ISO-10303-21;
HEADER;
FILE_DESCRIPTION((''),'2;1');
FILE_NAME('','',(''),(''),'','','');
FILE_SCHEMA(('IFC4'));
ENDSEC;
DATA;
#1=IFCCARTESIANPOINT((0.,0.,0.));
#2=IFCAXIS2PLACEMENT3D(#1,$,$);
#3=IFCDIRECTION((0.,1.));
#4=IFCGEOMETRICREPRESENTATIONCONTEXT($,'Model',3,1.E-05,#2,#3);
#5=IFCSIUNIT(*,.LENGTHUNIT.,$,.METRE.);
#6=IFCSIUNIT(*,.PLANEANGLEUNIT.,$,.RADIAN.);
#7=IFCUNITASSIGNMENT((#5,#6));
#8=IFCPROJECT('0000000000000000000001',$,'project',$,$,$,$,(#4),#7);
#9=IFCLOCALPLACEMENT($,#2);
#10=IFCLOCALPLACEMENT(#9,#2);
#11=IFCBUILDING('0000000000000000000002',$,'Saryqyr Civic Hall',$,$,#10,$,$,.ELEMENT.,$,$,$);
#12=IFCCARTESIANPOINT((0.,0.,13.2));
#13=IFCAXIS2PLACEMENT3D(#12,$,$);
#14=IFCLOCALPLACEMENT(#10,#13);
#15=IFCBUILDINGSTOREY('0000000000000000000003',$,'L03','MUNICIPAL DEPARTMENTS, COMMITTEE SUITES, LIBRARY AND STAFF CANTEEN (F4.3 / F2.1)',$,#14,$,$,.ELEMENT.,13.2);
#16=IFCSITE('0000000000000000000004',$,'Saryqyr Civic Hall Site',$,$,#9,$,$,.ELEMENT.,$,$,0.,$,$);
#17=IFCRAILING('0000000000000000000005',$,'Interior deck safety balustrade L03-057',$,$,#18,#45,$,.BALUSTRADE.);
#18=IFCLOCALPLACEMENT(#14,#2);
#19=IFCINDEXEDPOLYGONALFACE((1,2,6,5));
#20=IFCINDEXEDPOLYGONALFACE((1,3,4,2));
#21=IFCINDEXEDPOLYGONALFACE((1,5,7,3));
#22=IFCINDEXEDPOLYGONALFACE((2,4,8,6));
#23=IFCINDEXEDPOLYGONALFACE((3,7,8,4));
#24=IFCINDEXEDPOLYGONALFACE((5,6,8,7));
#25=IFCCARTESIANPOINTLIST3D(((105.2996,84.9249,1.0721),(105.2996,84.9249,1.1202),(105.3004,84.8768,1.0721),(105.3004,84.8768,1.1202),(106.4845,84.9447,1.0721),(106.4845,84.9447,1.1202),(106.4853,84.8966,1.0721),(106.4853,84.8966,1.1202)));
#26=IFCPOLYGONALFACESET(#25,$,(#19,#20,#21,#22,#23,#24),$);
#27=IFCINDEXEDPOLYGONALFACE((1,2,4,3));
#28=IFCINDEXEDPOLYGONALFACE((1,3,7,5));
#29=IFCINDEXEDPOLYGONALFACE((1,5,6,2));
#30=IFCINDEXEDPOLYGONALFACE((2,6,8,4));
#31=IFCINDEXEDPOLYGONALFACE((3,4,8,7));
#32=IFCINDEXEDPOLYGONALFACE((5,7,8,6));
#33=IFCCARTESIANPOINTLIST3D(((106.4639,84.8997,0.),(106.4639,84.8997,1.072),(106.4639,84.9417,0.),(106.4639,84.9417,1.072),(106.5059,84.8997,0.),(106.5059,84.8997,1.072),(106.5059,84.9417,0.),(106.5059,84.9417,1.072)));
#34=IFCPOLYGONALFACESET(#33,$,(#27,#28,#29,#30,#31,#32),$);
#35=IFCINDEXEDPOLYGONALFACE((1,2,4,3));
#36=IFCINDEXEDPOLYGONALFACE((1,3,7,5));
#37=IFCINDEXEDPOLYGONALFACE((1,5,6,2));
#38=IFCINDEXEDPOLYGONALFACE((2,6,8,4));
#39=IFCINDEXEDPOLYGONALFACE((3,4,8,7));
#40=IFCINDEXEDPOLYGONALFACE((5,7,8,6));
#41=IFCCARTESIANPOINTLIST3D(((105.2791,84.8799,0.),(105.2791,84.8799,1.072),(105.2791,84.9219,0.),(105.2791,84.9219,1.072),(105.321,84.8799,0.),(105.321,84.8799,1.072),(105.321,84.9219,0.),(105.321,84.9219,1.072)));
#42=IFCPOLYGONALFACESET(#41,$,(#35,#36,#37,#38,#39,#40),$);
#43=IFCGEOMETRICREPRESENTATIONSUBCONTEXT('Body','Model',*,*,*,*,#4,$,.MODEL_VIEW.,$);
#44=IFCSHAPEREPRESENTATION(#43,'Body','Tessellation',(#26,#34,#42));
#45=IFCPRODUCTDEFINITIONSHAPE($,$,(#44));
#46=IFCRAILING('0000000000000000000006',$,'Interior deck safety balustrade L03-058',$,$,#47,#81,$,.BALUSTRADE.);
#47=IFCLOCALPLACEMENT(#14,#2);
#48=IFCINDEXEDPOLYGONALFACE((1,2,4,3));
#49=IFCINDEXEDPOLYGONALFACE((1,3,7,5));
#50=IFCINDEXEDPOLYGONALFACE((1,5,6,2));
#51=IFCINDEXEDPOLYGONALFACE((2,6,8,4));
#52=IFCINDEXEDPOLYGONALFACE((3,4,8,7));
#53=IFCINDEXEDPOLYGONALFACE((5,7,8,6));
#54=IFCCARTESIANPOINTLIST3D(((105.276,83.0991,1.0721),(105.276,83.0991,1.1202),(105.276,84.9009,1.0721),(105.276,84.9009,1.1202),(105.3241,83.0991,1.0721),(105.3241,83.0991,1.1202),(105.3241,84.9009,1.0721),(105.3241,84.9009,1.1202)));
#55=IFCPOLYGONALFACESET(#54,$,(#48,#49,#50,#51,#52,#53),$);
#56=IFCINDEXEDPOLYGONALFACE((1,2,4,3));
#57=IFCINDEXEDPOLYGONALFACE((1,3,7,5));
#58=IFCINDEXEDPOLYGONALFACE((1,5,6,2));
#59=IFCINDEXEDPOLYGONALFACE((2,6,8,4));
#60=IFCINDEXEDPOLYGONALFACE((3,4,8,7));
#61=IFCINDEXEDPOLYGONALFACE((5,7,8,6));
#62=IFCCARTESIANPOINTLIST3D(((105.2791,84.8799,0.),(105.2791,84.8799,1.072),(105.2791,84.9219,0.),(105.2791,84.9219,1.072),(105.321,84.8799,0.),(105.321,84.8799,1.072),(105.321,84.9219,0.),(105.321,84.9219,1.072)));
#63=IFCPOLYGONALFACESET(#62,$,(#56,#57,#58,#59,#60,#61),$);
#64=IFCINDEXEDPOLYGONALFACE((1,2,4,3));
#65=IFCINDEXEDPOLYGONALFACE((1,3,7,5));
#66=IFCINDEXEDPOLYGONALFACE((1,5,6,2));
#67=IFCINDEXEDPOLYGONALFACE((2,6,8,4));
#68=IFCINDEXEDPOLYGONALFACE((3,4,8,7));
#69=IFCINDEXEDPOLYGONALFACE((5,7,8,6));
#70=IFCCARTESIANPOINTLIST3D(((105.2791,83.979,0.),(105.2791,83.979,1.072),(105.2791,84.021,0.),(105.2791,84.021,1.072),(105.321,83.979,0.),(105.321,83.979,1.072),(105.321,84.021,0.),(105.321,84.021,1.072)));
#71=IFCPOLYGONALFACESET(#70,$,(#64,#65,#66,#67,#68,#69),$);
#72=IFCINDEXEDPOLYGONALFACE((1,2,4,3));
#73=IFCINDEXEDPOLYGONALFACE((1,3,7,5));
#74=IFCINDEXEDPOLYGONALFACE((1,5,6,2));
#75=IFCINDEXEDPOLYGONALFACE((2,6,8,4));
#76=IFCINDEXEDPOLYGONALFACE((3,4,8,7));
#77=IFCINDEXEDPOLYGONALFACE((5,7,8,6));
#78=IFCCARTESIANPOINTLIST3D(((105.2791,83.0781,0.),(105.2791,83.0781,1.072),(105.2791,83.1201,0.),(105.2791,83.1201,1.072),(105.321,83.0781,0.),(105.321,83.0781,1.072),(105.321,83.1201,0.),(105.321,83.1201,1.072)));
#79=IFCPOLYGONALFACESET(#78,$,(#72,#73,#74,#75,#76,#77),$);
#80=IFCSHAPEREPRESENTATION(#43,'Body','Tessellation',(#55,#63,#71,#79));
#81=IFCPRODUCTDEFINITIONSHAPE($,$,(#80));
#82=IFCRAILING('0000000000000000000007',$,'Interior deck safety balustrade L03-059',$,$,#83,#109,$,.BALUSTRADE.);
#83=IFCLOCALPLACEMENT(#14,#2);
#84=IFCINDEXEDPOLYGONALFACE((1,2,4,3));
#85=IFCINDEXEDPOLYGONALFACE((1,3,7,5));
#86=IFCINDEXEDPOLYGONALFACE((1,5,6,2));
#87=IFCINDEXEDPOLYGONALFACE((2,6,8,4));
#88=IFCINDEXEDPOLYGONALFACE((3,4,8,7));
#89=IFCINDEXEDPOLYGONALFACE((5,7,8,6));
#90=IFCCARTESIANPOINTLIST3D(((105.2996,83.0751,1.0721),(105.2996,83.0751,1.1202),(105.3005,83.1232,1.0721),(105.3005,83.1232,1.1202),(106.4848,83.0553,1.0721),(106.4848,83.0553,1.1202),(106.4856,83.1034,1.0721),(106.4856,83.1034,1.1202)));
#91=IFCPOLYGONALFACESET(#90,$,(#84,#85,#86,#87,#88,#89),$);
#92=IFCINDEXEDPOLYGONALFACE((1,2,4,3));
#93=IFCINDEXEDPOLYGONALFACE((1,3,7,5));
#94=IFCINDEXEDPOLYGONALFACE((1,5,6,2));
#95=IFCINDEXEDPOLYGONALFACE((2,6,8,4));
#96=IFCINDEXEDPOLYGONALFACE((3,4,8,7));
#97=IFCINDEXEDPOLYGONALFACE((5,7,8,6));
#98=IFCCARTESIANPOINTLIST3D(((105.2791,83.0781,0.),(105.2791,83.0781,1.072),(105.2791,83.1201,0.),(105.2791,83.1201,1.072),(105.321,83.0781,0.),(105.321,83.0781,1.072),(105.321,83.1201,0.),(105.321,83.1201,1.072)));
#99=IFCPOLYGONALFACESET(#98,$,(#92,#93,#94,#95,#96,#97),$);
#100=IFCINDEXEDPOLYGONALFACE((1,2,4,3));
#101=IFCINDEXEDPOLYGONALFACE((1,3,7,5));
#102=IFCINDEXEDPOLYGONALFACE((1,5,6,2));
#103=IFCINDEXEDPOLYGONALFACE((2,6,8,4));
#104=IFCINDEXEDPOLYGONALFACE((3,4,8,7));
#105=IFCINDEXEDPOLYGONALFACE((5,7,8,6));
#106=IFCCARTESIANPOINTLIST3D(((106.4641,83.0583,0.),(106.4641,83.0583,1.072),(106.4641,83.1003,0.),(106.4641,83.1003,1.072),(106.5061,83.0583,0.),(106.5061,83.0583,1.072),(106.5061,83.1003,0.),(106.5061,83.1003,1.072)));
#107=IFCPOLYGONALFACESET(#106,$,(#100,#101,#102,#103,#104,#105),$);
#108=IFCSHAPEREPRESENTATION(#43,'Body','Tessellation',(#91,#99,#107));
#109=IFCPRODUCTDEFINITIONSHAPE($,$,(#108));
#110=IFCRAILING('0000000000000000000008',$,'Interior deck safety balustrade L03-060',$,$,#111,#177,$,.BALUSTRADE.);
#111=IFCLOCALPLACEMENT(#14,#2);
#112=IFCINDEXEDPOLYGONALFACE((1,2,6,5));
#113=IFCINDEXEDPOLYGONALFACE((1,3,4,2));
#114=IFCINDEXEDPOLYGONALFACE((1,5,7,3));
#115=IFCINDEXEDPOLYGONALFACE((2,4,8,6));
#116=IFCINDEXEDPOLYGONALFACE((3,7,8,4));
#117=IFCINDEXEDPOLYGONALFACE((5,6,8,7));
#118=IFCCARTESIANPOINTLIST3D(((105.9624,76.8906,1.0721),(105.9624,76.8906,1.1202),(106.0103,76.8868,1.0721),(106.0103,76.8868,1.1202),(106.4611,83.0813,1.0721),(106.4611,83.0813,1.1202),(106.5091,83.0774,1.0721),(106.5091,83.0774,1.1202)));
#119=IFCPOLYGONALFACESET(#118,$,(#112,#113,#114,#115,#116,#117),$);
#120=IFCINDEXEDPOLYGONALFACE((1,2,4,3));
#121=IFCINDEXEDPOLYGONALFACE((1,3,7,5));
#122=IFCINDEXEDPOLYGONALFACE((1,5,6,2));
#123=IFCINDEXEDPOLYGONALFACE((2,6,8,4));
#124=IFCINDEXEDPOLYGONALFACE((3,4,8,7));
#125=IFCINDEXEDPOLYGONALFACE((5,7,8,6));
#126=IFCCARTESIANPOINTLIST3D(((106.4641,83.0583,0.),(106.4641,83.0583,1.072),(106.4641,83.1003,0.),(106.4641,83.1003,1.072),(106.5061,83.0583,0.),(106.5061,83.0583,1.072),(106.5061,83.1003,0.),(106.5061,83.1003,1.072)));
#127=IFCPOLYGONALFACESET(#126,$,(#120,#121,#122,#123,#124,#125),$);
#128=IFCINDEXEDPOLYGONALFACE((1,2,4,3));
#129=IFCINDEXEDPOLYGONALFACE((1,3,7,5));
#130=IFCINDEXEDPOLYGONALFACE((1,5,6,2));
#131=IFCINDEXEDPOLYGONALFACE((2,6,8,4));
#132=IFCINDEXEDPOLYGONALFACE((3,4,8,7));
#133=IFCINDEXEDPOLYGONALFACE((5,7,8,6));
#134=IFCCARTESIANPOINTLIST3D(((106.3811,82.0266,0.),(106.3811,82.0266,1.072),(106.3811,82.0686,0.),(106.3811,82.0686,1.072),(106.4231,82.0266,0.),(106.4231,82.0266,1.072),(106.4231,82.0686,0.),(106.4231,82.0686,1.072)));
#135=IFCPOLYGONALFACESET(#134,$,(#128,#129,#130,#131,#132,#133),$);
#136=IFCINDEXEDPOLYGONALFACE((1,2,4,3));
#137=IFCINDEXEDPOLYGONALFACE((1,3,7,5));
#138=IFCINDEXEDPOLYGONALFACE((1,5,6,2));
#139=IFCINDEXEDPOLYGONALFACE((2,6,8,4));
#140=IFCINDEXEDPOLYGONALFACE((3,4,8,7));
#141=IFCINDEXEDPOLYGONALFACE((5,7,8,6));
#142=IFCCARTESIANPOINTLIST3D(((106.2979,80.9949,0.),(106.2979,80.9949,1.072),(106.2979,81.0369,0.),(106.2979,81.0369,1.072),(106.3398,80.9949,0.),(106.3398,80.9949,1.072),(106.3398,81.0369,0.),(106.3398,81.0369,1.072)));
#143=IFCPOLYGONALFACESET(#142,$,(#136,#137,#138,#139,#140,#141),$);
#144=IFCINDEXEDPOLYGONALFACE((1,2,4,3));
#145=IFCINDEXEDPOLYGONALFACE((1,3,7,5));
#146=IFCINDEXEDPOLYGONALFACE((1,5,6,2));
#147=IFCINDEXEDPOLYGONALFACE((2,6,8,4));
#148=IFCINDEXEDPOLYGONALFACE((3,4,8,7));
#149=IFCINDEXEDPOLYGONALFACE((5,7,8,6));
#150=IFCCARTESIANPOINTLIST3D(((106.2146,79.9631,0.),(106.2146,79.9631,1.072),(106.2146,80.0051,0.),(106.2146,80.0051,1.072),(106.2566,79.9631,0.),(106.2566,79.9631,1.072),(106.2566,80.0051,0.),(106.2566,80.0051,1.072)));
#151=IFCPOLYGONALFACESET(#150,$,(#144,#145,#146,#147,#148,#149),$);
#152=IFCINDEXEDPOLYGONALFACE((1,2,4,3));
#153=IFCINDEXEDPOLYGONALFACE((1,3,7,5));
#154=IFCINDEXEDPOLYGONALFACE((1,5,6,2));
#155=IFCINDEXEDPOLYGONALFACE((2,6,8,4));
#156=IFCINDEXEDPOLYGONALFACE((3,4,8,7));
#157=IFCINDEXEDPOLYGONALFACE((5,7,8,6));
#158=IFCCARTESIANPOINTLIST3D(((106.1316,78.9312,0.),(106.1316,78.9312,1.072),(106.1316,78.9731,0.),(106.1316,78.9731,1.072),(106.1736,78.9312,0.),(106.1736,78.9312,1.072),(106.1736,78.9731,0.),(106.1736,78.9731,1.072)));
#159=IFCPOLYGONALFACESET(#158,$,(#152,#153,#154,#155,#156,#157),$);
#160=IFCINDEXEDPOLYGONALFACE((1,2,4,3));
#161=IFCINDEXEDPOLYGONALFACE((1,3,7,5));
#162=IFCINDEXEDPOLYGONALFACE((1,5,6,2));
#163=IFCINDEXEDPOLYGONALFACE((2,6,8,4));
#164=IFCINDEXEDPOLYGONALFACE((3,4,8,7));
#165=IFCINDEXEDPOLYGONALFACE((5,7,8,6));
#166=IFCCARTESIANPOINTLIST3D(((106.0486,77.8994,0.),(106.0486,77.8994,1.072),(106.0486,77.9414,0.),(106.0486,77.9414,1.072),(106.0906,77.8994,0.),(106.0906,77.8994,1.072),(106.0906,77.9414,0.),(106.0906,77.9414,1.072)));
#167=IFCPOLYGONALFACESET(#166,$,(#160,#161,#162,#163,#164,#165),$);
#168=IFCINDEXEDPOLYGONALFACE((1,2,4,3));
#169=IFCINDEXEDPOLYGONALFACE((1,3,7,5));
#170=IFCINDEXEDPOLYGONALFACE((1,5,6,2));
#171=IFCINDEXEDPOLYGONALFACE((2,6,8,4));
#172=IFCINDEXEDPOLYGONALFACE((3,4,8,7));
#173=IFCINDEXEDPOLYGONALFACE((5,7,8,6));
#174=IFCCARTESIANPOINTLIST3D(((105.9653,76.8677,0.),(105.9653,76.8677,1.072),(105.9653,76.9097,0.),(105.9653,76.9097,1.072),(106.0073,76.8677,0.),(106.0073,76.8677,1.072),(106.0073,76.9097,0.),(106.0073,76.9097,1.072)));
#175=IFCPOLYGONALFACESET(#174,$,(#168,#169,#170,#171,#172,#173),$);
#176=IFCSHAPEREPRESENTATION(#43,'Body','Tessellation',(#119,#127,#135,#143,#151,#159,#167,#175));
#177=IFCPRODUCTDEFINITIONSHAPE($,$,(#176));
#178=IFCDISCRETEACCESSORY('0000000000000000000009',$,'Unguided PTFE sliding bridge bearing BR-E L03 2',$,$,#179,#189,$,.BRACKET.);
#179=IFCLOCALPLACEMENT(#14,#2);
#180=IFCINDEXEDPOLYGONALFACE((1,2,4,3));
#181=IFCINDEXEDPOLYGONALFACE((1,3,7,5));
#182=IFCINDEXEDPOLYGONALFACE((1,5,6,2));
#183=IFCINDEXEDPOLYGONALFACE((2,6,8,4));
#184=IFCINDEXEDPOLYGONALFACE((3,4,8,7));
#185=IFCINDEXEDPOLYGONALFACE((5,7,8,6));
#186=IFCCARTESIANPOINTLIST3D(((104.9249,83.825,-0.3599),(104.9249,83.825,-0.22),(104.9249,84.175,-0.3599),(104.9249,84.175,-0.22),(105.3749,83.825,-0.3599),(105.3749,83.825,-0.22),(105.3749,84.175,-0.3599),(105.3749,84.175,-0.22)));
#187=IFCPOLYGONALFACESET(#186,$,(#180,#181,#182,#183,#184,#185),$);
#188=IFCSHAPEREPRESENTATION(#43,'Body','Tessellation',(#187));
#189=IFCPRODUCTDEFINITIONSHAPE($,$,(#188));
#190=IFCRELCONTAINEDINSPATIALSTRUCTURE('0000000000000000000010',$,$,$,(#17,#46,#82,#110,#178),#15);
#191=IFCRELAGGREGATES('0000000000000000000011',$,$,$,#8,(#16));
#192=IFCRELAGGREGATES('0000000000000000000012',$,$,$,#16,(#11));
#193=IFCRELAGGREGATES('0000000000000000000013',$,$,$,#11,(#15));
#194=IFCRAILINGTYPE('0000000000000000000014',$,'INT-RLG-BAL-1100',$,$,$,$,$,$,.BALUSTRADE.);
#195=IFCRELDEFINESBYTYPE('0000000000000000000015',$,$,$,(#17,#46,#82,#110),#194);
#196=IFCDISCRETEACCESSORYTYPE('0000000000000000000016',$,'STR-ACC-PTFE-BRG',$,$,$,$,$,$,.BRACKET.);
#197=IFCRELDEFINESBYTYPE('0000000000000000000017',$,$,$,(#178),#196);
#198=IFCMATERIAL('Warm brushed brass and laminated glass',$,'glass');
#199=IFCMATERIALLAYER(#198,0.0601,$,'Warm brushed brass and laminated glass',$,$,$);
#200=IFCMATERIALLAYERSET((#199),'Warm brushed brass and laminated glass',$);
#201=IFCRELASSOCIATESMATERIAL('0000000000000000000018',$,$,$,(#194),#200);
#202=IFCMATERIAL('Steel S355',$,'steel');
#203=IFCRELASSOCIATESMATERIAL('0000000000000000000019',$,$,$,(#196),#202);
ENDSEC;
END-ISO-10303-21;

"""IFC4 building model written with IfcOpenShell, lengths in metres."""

from ifc_helpers import new_model, si_unit, direction, frame, origin, origin_2d, place, context, subcontext, project, spatial, rectangle, extrude, material, layer, layer_set, type_object, element, save


model = new_model("IFC4")

# Units and contexts
model_context = context("Model", 3, precision=1e-05, world=origin(), true_north=direction((0.0, 1.0)))
body_context = subcontext(model_context, "Body", "Model", "MODEL_VIEW")
ifc_project = project(units=[si_unit("LENGTHUNIT", "METRE"), si_unit("PLANEANGLEUNIT", "RADIAN")], contexts=[model_context])

# Site, building, storey
site_placement = place(None, origin())
site = spatial("IfcSite", under=ifc_project, at=site_placement, Name="Saryqyr Civic Hall Site", CompositionType="ELEMENT", RefElevation=0.0)
building_placement = place(site_placement, origin())
building = spatial("IfcBuilding", under=site, at=building_placement, Name="Saryqyr Civic Hall", CompositionType="ELEMENT")
storey_placement = place(building_placement, frame((0.0, 0.0, 13.2)))
storey = spatial("IfcBuildingStorey", under=building, at=storey_placement, Name="L03", Description="MUNICIPAL DEPARTMENTS, COMMITTEE SUITES, LIBRARY AND STAFF CANTEEN (F4.3 / F2.1)", CompositionType="ELEMENT", Elevation=13.2)

# Shared definitions
ifc_material_1 = material(Name="Steel S355", Category="steel")

# Railings
ifc_material_2 = material(Name="Warm brushed brass and laminated glass", Category="glass")
ifc_layer_1 = layer(ifc_material_2, 0.0601, Name="Warm brushed brass and laminated glass")
ifc_layer_set_1 = layer_set([ifc_layer_1], Name="Warm brushed brass and laminated glass")
railing_type = type_object("IfcRailingType", Name="INT-RLG-BAL-1100", PredefinedType="BALUSTRADE", material=ifc_layer_set_1)
railing_1_placement = place(storey_placement, frame((106.4849, 84.9207, 0.0)))
element("IfcRailing", 1, at=railing_1_placement, inside=storey, type_object=railing_type, Name="Interior deck safety balustrade L03-057", PredefinedType="BALUSTRADE", context=body_context, shape_type="SweptSolid", body=[
    extrude(rectangle(XDim=0.0481, YDim=0.0481, at=origin_2d()), frame((0.0, 0.0, 1.0962), z_axis=(-0.999861, -0.016688, 0.0), x_axis=(0.016688, -0.999861, 0.0)), (0.0, 0.0, 1.0), 1.1851),
    extrude(rectangle(XDim=0.042, YDim=0.042, at=origin_2d()), origin(), (0.0, 0.0, 1.0), 1.072),
    extrude(rectangle(XDim=0.042, YDim=0.042, at=origin_2d()), frame((-1.1848, -0.0198, 0.0)), (0.0, 0.0, 1.0), 1.072),
])
railing_2_placement = place(storey_placement, frame((105.3, 84.9009, 0.0)))
element("IfcRailing", 2, at=railing_2_placement, inside=storey, type_object=railing_type, Name="Interior deck safety balustrade L03-058", PredefinedType="BALUSTRADE", context=body_context, shape_type="SweptSolid", body=[
    extrude(rectangle(XDim=0.0481, YDim=0.0481, at=origin_2d()), frame((0.0, 0.0, 1.0962), z_axis=(0.0, -1.0, 0.0), x_axis=(1.0, 0.0, 0.0)), (0.0, 0.0, 1.0), 1.8018),
    extrude(rectangle(XDim=0.042, YDim=0.042, at=origin_2d()), origin(), (0.0, 0.0, 1.0), 1.072),
    extrude(rectangle(XDim=0.042, YDim=0.042, at=origin_2d()), frame((0.0, -0.9009, 0.0)), (0.0, 0.0, 1.0), 1.072),
    extrude(rectangle(XDim=0.042, YDim=0.042, at=origin_2d()), frame((0.0, -1.8018, 0.0)), (0.0, 0.0, 1.0), 1.072),
])
railing_3_placement = place(storey_placement, frame((105.3, 83.0991, 0.0)))
element("IfcRailing", 3, at=railing_3_placement, inside=storey, type_object=railing_type, Name="Interior deck safety balustrade L03-059", PredefinedType="BALUSTRADE", context=body_context, shape_type="SweptSolid", body=[
    extrude(rectangle(XDim=0.0481, YDim=0.0481, at=origin_2d()), frame((0.0, 0.0, 1.0962), z_axis=(0.999861, -0.016685, 0.0), x_axis=(0.016685, 0.999861, 0.0)), (0.0, 0.0, 1.0), 1.1853),
    extrude(rectangle(XDim=0.042, YDim=0.042, at=origin_2d()), origin(), (0.0, 0.0, 1.0), 1.072),
    extrude(rectangle(XDim=0.042, YDim=0.042, at=origin_2d()), frame((1.1851, -0.0198, 0.0)), (0.0, 0.0, 1.0), 1.072),
])
railing_4_placement = place(storey_placement, frame((106.4851, 83.0793, 0.0)))
element("IfcRailing", 4, at=railing_4_placement, inside=storey, type_object=railing_type, Name="Interior deck safety balustrade L03-060", PredefinedType="BALUSTRADE", context=body_context, shape_type="SweptSolid", body=[
    extrude(rectangle(XDim=0.0481, YDim=0.0481, at=origin_2d()), frame((0.0, 0.0, 1.0962), z_axis=(-0.080309, -0.99677, 0.0), x_axis=(0.99677, -0.080309, 0.0)), (0.0, 0.0, 1.0), 6.2107),
    extrude(rectangle(XDim=0.042, YDim=0.042, at=origin_2d()), origin(), (0.0, 0.0, 1.0), 1.072),
    extrude(rectangle(XDim=0.042, YDim=0.042, at=origin_2d()), frame((-0.083, -1.0317, 0.0)), (0.0, 0.0, 1.0), 1.072),
    extrude(rectangle(XDim=0.042, YDim=0.042, at=origin_2d()), frame((-0.1663, -2.0635, 0.0)), (0.0, 0.0, 1.0), 1.072),
    extrude(rectangle(XDim=0.042, YDim=0.042, at=origin_2d()), frame((-0.2495, -3.0952, 0.0)), (0.0, 0.0, 1.0), 1.072),
    extrude(rectangle(XDim=0.042, YDim=0.042, at=origin_2d()), frame((-0.3325, -4.1272, 0.0)), (0.0, 0.0, 1.0), 1.072),
    extrude(rectangle(XDim=0.042, YDim=0.042, at=origin_2d()), frame((-0.4155, -5.1589, 0.0)), (0.0, 0.0, 1.0), 1.072),
    extrude(rectangle(XDim=0.042, YDim=0.042, at=origin_2d()), frame((-0.4988, -6.1907, 0.0)), (0.0, 0.0, 1.0), 1.072),
])

# Discrete accessory
discrete_accessory_type = type_object("IfcDiscreteAccessoryType", Name="STR-ACC-PTFE-BRG", PredefinedType="BRACKET", material=ifc_material_1)
discrete_accessory_placement = place(storey_placement, frame((105.1499, 84.0, -0.3599), z_axis=(0.0, 0.0, 1.0), x_axis=(1.0, 0.0, 0.0)))
element("IfcDiscreteAccessory", 5, at=discrete_accessory_placement, inside=storey, type_object=discrete_accessory_type, Name="Unguided PTFE sliding bridge bearing BR-E L03 2", PredefinedType="BRACKET", context=body_context, shape_type="SweptSolid", body=[
    extrude(rectangle(XDim=0.45, YDim=0.3501, at=origin_2d()), origin(), (0.0, 0.0, 1.0), 0.1399),
])

save(model, "model.ifc")
